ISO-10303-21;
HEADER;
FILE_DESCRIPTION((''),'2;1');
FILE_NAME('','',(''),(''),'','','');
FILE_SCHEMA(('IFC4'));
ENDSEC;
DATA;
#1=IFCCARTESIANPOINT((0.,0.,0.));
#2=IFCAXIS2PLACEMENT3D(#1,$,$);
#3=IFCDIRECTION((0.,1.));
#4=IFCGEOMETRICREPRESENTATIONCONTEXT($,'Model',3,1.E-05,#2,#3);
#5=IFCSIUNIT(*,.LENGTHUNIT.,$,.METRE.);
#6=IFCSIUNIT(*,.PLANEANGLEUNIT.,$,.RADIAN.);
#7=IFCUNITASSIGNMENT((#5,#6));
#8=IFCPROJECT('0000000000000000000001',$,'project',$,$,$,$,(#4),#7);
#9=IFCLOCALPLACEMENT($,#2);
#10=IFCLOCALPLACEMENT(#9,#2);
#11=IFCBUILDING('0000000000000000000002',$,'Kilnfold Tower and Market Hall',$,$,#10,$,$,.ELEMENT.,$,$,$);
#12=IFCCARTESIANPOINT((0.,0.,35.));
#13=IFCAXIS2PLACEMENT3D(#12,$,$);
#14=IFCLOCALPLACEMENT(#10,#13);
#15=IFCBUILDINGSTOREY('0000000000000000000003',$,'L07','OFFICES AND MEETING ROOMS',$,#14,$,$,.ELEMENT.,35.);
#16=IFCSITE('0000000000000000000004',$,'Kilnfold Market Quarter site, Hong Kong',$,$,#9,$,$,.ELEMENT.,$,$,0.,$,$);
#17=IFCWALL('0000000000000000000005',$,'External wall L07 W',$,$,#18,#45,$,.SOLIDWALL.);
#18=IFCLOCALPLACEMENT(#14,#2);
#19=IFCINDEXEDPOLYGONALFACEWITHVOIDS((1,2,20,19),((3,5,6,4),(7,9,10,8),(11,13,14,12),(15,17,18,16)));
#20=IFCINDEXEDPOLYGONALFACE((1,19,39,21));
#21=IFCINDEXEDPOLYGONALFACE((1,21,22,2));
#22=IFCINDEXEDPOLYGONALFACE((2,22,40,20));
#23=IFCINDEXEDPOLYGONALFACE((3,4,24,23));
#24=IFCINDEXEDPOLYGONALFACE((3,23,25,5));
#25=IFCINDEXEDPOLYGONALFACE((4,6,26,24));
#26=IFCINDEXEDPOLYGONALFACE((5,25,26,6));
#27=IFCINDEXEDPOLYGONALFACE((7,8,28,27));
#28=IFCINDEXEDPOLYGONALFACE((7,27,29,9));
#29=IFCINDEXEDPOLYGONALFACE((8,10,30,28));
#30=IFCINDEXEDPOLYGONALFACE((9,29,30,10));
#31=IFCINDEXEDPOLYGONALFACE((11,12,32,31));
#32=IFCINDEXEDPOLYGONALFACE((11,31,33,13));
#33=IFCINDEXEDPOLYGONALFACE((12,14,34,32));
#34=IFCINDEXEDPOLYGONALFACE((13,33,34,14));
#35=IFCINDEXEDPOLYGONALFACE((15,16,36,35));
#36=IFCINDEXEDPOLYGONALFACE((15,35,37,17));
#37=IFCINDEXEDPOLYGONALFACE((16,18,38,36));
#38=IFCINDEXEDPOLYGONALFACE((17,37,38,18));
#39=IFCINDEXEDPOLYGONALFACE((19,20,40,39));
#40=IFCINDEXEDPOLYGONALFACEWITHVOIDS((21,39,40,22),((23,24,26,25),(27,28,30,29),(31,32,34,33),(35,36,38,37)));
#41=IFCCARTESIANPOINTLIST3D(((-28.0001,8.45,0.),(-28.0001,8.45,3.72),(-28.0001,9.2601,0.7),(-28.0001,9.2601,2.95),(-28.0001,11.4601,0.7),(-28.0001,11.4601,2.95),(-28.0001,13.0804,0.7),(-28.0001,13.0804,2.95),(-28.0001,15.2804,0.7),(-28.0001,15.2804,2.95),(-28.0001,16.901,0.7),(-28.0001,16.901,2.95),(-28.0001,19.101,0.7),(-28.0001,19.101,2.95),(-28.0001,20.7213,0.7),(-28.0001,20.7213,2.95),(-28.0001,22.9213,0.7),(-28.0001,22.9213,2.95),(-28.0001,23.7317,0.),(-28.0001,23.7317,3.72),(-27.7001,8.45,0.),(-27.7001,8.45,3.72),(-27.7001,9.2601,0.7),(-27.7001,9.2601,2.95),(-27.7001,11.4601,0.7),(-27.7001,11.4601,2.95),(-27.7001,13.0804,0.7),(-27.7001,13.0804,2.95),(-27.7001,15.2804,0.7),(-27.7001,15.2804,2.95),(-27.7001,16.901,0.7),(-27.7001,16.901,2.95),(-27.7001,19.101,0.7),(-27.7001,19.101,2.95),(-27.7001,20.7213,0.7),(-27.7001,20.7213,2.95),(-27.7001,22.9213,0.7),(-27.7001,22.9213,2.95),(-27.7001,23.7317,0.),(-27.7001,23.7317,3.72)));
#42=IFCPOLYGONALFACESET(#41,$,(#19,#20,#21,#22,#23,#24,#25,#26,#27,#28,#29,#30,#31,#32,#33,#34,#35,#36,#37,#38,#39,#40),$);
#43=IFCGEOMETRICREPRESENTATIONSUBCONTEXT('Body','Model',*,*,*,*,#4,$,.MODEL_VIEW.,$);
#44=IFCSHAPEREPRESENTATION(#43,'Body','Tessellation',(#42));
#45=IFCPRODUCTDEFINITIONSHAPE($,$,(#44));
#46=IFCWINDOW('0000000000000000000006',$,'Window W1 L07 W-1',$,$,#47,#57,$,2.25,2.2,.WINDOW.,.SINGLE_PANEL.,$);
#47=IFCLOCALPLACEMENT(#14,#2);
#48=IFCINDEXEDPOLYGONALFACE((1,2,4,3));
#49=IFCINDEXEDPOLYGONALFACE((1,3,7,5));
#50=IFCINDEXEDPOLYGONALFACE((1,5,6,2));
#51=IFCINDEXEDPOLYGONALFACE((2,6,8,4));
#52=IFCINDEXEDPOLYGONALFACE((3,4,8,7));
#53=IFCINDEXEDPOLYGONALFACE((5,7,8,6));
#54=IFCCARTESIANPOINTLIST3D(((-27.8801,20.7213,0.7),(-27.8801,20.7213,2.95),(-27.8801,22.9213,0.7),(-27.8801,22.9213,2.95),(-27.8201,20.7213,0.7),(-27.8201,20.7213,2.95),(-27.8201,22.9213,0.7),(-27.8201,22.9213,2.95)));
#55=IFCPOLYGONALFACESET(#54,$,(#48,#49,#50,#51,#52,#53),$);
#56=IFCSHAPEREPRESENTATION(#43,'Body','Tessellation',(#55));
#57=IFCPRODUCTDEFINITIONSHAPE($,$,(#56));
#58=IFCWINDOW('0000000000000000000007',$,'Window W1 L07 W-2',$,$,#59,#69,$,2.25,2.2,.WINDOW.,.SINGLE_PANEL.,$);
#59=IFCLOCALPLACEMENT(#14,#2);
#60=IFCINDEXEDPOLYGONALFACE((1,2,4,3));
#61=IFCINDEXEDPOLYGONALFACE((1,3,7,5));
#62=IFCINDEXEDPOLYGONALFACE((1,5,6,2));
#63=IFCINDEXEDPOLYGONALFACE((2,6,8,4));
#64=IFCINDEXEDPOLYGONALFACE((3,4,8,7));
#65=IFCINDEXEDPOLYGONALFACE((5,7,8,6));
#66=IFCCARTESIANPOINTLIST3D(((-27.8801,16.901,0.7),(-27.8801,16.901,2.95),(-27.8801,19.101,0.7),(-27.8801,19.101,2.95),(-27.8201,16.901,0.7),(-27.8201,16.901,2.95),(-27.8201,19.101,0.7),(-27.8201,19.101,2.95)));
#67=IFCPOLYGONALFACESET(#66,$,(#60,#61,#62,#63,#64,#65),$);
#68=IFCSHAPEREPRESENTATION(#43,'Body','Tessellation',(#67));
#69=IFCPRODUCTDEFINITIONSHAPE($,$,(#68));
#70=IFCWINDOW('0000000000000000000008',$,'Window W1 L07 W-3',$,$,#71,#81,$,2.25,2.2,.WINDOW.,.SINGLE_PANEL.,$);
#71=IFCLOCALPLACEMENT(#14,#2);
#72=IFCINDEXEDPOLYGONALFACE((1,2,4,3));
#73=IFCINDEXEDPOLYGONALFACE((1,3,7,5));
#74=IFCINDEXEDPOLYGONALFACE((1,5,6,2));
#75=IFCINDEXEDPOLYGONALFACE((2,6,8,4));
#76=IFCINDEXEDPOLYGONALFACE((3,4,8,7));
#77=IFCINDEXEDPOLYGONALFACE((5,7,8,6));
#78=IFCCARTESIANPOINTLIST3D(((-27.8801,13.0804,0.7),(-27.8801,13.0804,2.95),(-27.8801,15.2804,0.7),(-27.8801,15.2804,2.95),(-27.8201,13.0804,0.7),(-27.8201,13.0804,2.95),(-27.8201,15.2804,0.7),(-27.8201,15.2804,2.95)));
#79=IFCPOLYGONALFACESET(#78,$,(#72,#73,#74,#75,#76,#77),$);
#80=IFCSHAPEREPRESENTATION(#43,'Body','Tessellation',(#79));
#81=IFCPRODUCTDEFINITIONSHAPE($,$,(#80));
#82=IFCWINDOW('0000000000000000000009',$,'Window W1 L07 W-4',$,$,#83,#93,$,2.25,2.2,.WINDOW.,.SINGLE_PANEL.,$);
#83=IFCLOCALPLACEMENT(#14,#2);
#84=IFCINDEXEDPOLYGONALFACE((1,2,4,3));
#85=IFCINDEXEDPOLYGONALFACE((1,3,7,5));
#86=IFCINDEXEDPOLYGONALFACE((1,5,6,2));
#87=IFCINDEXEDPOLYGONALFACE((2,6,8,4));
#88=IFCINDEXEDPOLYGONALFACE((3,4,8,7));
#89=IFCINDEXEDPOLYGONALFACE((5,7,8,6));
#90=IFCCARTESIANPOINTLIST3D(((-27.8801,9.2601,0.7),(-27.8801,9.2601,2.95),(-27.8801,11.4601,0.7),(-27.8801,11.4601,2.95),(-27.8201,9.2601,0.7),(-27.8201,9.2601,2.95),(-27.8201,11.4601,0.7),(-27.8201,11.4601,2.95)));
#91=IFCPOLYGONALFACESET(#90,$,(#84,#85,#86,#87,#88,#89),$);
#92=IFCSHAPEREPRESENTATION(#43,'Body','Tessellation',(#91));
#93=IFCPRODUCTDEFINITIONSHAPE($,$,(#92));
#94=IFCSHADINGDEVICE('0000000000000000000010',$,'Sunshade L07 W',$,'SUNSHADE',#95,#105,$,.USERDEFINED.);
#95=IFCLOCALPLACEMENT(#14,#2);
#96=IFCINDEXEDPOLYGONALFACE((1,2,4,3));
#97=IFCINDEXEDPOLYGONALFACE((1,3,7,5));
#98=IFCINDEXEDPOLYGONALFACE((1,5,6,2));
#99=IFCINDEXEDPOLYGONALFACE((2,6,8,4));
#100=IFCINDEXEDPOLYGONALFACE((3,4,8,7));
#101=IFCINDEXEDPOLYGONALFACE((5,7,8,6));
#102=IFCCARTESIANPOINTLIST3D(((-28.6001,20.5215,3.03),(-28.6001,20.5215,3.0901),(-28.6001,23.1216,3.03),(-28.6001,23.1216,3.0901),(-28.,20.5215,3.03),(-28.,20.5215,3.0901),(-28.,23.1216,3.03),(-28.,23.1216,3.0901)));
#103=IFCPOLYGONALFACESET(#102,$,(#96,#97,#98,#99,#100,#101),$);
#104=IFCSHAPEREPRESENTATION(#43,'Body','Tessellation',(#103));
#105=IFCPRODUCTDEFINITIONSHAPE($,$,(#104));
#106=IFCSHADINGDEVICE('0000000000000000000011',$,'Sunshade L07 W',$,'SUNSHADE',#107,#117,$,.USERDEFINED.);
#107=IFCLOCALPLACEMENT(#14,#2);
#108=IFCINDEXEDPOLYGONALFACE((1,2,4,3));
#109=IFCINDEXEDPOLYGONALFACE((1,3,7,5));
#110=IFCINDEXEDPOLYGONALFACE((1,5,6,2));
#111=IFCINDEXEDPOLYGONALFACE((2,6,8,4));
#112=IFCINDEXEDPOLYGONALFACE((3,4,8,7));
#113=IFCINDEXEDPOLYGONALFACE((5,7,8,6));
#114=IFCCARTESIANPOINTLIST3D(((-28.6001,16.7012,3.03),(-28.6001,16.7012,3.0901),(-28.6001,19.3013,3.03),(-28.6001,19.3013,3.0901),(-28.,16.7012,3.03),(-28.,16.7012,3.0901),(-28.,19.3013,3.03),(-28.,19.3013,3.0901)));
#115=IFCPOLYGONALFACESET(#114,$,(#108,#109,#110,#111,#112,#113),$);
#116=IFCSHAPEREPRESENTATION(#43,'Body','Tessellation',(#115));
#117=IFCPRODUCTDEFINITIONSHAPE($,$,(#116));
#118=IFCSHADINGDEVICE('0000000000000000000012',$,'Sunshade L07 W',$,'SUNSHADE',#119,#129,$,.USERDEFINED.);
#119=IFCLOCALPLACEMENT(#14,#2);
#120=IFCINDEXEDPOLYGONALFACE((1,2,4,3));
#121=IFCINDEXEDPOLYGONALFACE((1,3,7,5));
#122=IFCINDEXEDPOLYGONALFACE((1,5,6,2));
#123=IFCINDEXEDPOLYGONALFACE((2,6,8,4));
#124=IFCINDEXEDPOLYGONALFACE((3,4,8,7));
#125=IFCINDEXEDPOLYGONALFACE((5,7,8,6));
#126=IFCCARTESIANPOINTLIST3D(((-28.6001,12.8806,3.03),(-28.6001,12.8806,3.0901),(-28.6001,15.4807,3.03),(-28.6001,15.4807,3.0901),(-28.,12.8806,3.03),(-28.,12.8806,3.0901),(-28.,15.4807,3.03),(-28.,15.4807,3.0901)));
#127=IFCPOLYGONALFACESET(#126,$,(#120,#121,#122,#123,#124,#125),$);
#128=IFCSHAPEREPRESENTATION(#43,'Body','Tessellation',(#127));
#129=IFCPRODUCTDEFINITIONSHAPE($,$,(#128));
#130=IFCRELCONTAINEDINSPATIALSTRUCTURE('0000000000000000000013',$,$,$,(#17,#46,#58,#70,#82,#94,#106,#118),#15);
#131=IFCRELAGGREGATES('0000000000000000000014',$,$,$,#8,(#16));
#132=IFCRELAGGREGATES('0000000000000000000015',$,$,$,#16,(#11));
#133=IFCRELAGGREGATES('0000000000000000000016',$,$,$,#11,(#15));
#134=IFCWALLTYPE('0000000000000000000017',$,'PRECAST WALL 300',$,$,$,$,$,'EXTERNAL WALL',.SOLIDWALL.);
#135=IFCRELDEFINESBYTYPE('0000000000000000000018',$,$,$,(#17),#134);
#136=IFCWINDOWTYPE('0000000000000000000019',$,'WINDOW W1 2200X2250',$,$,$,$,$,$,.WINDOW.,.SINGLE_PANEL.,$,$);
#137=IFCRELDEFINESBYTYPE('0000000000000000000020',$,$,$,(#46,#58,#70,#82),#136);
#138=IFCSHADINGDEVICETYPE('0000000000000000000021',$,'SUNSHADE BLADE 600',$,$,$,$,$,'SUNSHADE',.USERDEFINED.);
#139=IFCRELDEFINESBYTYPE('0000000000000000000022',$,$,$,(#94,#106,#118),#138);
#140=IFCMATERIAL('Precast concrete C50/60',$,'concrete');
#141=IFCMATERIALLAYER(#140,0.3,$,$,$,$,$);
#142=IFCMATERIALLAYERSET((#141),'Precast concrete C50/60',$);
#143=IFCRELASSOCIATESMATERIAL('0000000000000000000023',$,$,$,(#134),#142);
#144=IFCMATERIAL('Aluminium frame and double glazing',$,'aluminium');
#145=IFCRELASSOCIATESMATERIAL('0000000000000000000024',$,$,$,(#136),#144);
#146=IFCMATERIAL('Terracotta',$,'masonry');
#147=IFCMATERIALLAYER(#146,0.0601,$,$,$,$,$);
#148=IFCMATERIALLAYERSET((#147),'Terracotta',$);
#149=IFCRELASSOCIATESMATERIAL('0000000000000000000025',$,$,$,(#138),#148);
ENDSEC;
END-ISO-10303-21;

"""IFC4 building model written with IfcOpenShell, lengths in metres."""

from ifc_helpers import new_model, si_unit, direction, frame, frame_2d, origin, origin_2d, place, context, subcontext, project, spatial, rectangle, extrude, source, transform, mapped, material, layer, layer_set, type_object, element, fill, save


model = new_model("IFC4")

# Units and contexts
model_context = context("Model", 3, precision=1e-05, world=origin(), true_north=direction((0.0, 1.0)))
body_context = subcontext(model_context, "Body", "Model", "MODEL_VIEW")
ifc_project = project(units=[si_unit("LENGTHUNIT", "METRE"), si_unit("PLANEANGLEUNIT", "RADIAN")], contexts=[model_context])

# Site, building, storey
site_placement = place(None, origin())
site = spatial("IfcSite", under=ifc_project, at=site_placement, Name="Kilnfold Market Quarter site, Hong Kong", CompositionType="ELEMENT", RefElevation=0.0)
building_placement = place(site_placement, origin())
building = spatial("IfcBuilding", under=site, at=building_placement, Name="Kilnfold Tower and Market Hall", CompositionType="ELEMENT")
storey_placement = place(building_placement, frame((0.0, 0.0, 35.0)))
storey = spatial("IfcBuildingStorey", under=building, at=storey_placement, Name="L07", Description="OFFICES AND MEETING ROOMS", CompositionType="ELEMENT", Elevation=35.0)

# Shared definitions
ifc_material_1 = material(Name="Precast concrete C50/60", Category="concrete")
ifc_layer_1 = layer(ifc_material_1, 0.3)
ifc_layer_set_1 = layer_set([ifc_layer_1], Name="Precast concrete C50/60")
wall_type_1 = type_object("IfcWallType", Name="PRECAST WALL 300", ElementType="EXTERNAL WALL", PredefinedType="SOLIDWALL", material=ifc_layer_set_1)
ifc_material_2 = material(Name="Aluminium frame and double glazing", Category="aluminium")
window_type = type_object("IfcWindowType", Name="WINDOW W1 2200X2250", PartitioningType="SINGLE_PANEL", PredefinedType="WINDOW", material=ifc_material_2)

# Wall, openings, windows
shared_shape_1 = source(origin(), body_context, "Body", "SweptSolid", [
    extrude(rectangle(XDim=15.2817, YDim=0.3, at=frame_2d((7.6409, 0.0))), origin(), (0.0, 0.0, 1.0), 3.72),
])
wall_1_placement = place(storey_placement, frame((-27.8501, 23.7317, 0.0), z_axis=(0.0, 0.0, 1.0), x_axis=(0.0, -1.0, 0.0)))
wall_1 = element("IfcWall", 1, at=wall_1_placement, inside=storey, type_object=wall_type_1, Name="External wall L07 W", PredefinedType="SOLIDWALL", context=body_context, shape_type="MappedRepresentation", body=[
    mapped(shared_shape_1, transform((0.0, 0.0, 0.0))),
])
opening_1_placement = place(wall_1_placement, frame((0.8103, 0.0, 0.7)))
opening_1 = element("IfcOpeningElement", 2, at=opening_1_placement, cuts=wall_1, PredefinedType="OPENING", context=body_context, shape_type="SweptSolid", body=[
    extrude(rectangle(XDim=2.2, YDim=2.25, at=frame_2d((1.1001, 1.125))), frame((0.0, 0.1602, 0.0), z_axis=(0.0, -1.0, 0.0), x_axis=(1.0, 0.0, 0.0)), (0.0, 0.0, 1.0), 0.3201),
])
opening_2_placement = place(wall_1_placement, frame((4.6306, 0.0, 0.7)))
opening_2 = element("IfcOpeningElement", 3, at=opening_2_placement, cuts=wall_1, PredefinedType="OPENING", context=body_context, shape_type="SweptSolid", body=[
    extrude(rectangle(XDim=2.2, YDim=2.25, at=frame_2d((1.1001, 1.125))), frame((0.0, 0.1602, 0.0), z_axis=(0.0, -1.0, 0.0), x_axis=(1.0, 0.0, 0.0)), (0.0, 0.0, 1.0), 0.3201),
])
opening_3_placement = place(wall_1_placement, frame((8.4512, 0.0, 0.7)))
opening_3 = element("IfcOpeningElement", 4, at=opening_3_placement, cuts=wall_1, PredefinedType="OPENING", context=body_context, shape_type="SweptSolid", body=[
    extrude(rectangle(XDim=2.2, YDim=2.25, at=frame_2d((1.1001, 1.125))), frame((0.0, 0.1602, 0.0), z_axis=(0.0, -1.0, 0.0), x_axis=(1.0, 0.0, 0.0)), (0.0, 0.0, 1.0), 0.3201),
])
opening_4_placement = place(wall_1_placement, frame((12.2715, 0.0, 0.7)))
opening_4 = element("IfcOpeningElement", 5, at=opening_4_placement, cuts=wall_1, PredefinedType="OPENING", context=body_context, shape_type="SweptSolid", body=[
    extrude(rectangle(XDim=2.2, YDim=2.25, at=frame_2d((1.1001, 1.125))), frame((0.0, 0.1602, 0.0), z_axis=(0.0, -1.0, 0.0), x_axis=(1.0, 0.0, 0.0)), (0.0, 0.0, 1.0), 0.3201),
])
window_1_placement = place(opening_1_placement, origin())
window_1 = element("IfcWindow", 6, at=window_1_placement, inside=storey, type_object=window_type, Name="Window W1 L07 W-1", OverallHeight=2.25, OverallWidth=2.2, PartitioningType="SINGLE_PANEL", PredefinedType="WINDOW", context=body_context, shape_type="SweptSolid", body=[
    extrude(rectangle(XDim=2.2, YDim=2.25, at=frame_2d((1.1001, 1.125))), frame((0.0, 0.03, 0.0), z_axis=(0.0, -1.0, 0.0), x_axis=(1.0, 0.0, 0.0)), (0.0, 0.0, 1.0), 0.0601),
])
fill(opening_1, window_1)
window_2_placement = place(opening_2_placement, origin())
window_2 = element("IfcWindow", 7, at=window_2_placement, inside=storey, type_object=window_type, Name="Window W1 L07 W-2", OverallHeight=2.25, OverallWidth=2.2, PartitioningType="SINGLE_PANEL", PredefinedType="WINDOW", context=body_context, shape_type="SweptSolid", body=[
    extrude(rectangle(XDim=2.2, YDim=2.25, at=frame_2d((1.1001, 1.125))), frame((0.0, 0.03, 0.0), z_axis=(0.0, -1.0, 0.0), x_axis=(1.0, 0.0, 0.0)), (0.0, 0.0, 1.0), 0.0601),
])
fill(opening_2, window_2)
window_3_placement = place(opening_3_placement, origin())
window_3 = element("IfcWindow", 8, at=window_3_placement, inside=storey, type_object=window_type, Name="Window W1 L07 W-3", OverallHeight=2.25, OverallWidth=2.2, PartitioningType="SINGLE_PANEL", PredefinedType="WINDOW", context=body_context, shape_type="SweptSolid", body=[
    extrude(rectangle(XDim=2.2, YDim=2.25, at=frame_2d((1.1001, 1.125))), frame((0.0, 0.03, 0.0), z_axis=(0.0, -1.0, 0.0), x_axis=(1.0, 0.0, 0.0)), (0.0, 0.0, 1.0), 0.0601),
])
fill(opening_3, window_3)
window_4_placement = place(opening_4_placement, origin())
window_4 = element("IfcWindow", 9, at=window_4_placement, inside=storey, type_object=window_type, Name="Window W1 L07 W-4", OverallHeight=2.25, OverallWidth=2.2, PartitioningType="SINGLE_PANEL", PredefinedType="WINDOW", context=body_context, shape_type="SweptSolid", body=[
    extrude(rectangle(XDim=2.2, YDim=2.25, at=frame_2d((1.1001, 1.125))), frame((0.0, 0.03, 0.0), z_axis=(0.0, -1.0, 0.0), x_axis=(1.0, 0.0, 0.0)), (0.0, 0.0, 1.0), 0.0601),
])
fill(opening_4, window_4)

# Shading devices
ifc_material_3 = material(Name="Terracotta", Category="masonry")
ifc_layer_2 = layer(ifc_material_3, 0.0601)
ifc_layer_set_2 = layer_set([ifc_layer_2], Name="Terracotta")
shading_device_type = type_object("IfcShadingDeviceType", Name="SUNSHADE BLADE 600", ElementType="SUNSHADE", PredefinedType="USERDEFINED", material=ifc_layer_set_2)
shared_shape_2 = source(origin(), body_context, "Body", "SweptSolid", [
    extrude(rectangle(XDim=2.6001, YDim=0.6001, at=origin_2d()), origin(), (0.0, 0.0, 1.0), 0.0601),
])
for number, where, z_axis, x_axis, name in (
    (10, (-28.3, 21.8215, 3.03), (0.0, 0.0, 1.0), (0.0, -1.0, 0.0), "Sunshade L07 W"),
    (11, (-28.3, 18.0012, 3.03), (0.0, 0.0, 1.0), (0.0, -1.0, 0.0), "Sunshade L07 W"),
    (12, (-28.3, 14.1807, 3.03), (0.0, 0.0, 1.0), (0.0, -1.0, 0.0), "Sunshade L07 W"),
):
    element("IfcShadingDevice", number, at=place(storey_placement, frame(where, z_axis=z_axis, x_axis=x_axis)), inside=storey, type_object=shading_device_type, Name=name, ObjectType="SUNSHADE", PredefinedType="USERDEFINED", context=body_context, shape_type="MappedRepresentation", body=[
        mapped(shared_shape_2, transform((0.0, 0.0, 0.0))),
    ])

save(model, "model.ifc")
